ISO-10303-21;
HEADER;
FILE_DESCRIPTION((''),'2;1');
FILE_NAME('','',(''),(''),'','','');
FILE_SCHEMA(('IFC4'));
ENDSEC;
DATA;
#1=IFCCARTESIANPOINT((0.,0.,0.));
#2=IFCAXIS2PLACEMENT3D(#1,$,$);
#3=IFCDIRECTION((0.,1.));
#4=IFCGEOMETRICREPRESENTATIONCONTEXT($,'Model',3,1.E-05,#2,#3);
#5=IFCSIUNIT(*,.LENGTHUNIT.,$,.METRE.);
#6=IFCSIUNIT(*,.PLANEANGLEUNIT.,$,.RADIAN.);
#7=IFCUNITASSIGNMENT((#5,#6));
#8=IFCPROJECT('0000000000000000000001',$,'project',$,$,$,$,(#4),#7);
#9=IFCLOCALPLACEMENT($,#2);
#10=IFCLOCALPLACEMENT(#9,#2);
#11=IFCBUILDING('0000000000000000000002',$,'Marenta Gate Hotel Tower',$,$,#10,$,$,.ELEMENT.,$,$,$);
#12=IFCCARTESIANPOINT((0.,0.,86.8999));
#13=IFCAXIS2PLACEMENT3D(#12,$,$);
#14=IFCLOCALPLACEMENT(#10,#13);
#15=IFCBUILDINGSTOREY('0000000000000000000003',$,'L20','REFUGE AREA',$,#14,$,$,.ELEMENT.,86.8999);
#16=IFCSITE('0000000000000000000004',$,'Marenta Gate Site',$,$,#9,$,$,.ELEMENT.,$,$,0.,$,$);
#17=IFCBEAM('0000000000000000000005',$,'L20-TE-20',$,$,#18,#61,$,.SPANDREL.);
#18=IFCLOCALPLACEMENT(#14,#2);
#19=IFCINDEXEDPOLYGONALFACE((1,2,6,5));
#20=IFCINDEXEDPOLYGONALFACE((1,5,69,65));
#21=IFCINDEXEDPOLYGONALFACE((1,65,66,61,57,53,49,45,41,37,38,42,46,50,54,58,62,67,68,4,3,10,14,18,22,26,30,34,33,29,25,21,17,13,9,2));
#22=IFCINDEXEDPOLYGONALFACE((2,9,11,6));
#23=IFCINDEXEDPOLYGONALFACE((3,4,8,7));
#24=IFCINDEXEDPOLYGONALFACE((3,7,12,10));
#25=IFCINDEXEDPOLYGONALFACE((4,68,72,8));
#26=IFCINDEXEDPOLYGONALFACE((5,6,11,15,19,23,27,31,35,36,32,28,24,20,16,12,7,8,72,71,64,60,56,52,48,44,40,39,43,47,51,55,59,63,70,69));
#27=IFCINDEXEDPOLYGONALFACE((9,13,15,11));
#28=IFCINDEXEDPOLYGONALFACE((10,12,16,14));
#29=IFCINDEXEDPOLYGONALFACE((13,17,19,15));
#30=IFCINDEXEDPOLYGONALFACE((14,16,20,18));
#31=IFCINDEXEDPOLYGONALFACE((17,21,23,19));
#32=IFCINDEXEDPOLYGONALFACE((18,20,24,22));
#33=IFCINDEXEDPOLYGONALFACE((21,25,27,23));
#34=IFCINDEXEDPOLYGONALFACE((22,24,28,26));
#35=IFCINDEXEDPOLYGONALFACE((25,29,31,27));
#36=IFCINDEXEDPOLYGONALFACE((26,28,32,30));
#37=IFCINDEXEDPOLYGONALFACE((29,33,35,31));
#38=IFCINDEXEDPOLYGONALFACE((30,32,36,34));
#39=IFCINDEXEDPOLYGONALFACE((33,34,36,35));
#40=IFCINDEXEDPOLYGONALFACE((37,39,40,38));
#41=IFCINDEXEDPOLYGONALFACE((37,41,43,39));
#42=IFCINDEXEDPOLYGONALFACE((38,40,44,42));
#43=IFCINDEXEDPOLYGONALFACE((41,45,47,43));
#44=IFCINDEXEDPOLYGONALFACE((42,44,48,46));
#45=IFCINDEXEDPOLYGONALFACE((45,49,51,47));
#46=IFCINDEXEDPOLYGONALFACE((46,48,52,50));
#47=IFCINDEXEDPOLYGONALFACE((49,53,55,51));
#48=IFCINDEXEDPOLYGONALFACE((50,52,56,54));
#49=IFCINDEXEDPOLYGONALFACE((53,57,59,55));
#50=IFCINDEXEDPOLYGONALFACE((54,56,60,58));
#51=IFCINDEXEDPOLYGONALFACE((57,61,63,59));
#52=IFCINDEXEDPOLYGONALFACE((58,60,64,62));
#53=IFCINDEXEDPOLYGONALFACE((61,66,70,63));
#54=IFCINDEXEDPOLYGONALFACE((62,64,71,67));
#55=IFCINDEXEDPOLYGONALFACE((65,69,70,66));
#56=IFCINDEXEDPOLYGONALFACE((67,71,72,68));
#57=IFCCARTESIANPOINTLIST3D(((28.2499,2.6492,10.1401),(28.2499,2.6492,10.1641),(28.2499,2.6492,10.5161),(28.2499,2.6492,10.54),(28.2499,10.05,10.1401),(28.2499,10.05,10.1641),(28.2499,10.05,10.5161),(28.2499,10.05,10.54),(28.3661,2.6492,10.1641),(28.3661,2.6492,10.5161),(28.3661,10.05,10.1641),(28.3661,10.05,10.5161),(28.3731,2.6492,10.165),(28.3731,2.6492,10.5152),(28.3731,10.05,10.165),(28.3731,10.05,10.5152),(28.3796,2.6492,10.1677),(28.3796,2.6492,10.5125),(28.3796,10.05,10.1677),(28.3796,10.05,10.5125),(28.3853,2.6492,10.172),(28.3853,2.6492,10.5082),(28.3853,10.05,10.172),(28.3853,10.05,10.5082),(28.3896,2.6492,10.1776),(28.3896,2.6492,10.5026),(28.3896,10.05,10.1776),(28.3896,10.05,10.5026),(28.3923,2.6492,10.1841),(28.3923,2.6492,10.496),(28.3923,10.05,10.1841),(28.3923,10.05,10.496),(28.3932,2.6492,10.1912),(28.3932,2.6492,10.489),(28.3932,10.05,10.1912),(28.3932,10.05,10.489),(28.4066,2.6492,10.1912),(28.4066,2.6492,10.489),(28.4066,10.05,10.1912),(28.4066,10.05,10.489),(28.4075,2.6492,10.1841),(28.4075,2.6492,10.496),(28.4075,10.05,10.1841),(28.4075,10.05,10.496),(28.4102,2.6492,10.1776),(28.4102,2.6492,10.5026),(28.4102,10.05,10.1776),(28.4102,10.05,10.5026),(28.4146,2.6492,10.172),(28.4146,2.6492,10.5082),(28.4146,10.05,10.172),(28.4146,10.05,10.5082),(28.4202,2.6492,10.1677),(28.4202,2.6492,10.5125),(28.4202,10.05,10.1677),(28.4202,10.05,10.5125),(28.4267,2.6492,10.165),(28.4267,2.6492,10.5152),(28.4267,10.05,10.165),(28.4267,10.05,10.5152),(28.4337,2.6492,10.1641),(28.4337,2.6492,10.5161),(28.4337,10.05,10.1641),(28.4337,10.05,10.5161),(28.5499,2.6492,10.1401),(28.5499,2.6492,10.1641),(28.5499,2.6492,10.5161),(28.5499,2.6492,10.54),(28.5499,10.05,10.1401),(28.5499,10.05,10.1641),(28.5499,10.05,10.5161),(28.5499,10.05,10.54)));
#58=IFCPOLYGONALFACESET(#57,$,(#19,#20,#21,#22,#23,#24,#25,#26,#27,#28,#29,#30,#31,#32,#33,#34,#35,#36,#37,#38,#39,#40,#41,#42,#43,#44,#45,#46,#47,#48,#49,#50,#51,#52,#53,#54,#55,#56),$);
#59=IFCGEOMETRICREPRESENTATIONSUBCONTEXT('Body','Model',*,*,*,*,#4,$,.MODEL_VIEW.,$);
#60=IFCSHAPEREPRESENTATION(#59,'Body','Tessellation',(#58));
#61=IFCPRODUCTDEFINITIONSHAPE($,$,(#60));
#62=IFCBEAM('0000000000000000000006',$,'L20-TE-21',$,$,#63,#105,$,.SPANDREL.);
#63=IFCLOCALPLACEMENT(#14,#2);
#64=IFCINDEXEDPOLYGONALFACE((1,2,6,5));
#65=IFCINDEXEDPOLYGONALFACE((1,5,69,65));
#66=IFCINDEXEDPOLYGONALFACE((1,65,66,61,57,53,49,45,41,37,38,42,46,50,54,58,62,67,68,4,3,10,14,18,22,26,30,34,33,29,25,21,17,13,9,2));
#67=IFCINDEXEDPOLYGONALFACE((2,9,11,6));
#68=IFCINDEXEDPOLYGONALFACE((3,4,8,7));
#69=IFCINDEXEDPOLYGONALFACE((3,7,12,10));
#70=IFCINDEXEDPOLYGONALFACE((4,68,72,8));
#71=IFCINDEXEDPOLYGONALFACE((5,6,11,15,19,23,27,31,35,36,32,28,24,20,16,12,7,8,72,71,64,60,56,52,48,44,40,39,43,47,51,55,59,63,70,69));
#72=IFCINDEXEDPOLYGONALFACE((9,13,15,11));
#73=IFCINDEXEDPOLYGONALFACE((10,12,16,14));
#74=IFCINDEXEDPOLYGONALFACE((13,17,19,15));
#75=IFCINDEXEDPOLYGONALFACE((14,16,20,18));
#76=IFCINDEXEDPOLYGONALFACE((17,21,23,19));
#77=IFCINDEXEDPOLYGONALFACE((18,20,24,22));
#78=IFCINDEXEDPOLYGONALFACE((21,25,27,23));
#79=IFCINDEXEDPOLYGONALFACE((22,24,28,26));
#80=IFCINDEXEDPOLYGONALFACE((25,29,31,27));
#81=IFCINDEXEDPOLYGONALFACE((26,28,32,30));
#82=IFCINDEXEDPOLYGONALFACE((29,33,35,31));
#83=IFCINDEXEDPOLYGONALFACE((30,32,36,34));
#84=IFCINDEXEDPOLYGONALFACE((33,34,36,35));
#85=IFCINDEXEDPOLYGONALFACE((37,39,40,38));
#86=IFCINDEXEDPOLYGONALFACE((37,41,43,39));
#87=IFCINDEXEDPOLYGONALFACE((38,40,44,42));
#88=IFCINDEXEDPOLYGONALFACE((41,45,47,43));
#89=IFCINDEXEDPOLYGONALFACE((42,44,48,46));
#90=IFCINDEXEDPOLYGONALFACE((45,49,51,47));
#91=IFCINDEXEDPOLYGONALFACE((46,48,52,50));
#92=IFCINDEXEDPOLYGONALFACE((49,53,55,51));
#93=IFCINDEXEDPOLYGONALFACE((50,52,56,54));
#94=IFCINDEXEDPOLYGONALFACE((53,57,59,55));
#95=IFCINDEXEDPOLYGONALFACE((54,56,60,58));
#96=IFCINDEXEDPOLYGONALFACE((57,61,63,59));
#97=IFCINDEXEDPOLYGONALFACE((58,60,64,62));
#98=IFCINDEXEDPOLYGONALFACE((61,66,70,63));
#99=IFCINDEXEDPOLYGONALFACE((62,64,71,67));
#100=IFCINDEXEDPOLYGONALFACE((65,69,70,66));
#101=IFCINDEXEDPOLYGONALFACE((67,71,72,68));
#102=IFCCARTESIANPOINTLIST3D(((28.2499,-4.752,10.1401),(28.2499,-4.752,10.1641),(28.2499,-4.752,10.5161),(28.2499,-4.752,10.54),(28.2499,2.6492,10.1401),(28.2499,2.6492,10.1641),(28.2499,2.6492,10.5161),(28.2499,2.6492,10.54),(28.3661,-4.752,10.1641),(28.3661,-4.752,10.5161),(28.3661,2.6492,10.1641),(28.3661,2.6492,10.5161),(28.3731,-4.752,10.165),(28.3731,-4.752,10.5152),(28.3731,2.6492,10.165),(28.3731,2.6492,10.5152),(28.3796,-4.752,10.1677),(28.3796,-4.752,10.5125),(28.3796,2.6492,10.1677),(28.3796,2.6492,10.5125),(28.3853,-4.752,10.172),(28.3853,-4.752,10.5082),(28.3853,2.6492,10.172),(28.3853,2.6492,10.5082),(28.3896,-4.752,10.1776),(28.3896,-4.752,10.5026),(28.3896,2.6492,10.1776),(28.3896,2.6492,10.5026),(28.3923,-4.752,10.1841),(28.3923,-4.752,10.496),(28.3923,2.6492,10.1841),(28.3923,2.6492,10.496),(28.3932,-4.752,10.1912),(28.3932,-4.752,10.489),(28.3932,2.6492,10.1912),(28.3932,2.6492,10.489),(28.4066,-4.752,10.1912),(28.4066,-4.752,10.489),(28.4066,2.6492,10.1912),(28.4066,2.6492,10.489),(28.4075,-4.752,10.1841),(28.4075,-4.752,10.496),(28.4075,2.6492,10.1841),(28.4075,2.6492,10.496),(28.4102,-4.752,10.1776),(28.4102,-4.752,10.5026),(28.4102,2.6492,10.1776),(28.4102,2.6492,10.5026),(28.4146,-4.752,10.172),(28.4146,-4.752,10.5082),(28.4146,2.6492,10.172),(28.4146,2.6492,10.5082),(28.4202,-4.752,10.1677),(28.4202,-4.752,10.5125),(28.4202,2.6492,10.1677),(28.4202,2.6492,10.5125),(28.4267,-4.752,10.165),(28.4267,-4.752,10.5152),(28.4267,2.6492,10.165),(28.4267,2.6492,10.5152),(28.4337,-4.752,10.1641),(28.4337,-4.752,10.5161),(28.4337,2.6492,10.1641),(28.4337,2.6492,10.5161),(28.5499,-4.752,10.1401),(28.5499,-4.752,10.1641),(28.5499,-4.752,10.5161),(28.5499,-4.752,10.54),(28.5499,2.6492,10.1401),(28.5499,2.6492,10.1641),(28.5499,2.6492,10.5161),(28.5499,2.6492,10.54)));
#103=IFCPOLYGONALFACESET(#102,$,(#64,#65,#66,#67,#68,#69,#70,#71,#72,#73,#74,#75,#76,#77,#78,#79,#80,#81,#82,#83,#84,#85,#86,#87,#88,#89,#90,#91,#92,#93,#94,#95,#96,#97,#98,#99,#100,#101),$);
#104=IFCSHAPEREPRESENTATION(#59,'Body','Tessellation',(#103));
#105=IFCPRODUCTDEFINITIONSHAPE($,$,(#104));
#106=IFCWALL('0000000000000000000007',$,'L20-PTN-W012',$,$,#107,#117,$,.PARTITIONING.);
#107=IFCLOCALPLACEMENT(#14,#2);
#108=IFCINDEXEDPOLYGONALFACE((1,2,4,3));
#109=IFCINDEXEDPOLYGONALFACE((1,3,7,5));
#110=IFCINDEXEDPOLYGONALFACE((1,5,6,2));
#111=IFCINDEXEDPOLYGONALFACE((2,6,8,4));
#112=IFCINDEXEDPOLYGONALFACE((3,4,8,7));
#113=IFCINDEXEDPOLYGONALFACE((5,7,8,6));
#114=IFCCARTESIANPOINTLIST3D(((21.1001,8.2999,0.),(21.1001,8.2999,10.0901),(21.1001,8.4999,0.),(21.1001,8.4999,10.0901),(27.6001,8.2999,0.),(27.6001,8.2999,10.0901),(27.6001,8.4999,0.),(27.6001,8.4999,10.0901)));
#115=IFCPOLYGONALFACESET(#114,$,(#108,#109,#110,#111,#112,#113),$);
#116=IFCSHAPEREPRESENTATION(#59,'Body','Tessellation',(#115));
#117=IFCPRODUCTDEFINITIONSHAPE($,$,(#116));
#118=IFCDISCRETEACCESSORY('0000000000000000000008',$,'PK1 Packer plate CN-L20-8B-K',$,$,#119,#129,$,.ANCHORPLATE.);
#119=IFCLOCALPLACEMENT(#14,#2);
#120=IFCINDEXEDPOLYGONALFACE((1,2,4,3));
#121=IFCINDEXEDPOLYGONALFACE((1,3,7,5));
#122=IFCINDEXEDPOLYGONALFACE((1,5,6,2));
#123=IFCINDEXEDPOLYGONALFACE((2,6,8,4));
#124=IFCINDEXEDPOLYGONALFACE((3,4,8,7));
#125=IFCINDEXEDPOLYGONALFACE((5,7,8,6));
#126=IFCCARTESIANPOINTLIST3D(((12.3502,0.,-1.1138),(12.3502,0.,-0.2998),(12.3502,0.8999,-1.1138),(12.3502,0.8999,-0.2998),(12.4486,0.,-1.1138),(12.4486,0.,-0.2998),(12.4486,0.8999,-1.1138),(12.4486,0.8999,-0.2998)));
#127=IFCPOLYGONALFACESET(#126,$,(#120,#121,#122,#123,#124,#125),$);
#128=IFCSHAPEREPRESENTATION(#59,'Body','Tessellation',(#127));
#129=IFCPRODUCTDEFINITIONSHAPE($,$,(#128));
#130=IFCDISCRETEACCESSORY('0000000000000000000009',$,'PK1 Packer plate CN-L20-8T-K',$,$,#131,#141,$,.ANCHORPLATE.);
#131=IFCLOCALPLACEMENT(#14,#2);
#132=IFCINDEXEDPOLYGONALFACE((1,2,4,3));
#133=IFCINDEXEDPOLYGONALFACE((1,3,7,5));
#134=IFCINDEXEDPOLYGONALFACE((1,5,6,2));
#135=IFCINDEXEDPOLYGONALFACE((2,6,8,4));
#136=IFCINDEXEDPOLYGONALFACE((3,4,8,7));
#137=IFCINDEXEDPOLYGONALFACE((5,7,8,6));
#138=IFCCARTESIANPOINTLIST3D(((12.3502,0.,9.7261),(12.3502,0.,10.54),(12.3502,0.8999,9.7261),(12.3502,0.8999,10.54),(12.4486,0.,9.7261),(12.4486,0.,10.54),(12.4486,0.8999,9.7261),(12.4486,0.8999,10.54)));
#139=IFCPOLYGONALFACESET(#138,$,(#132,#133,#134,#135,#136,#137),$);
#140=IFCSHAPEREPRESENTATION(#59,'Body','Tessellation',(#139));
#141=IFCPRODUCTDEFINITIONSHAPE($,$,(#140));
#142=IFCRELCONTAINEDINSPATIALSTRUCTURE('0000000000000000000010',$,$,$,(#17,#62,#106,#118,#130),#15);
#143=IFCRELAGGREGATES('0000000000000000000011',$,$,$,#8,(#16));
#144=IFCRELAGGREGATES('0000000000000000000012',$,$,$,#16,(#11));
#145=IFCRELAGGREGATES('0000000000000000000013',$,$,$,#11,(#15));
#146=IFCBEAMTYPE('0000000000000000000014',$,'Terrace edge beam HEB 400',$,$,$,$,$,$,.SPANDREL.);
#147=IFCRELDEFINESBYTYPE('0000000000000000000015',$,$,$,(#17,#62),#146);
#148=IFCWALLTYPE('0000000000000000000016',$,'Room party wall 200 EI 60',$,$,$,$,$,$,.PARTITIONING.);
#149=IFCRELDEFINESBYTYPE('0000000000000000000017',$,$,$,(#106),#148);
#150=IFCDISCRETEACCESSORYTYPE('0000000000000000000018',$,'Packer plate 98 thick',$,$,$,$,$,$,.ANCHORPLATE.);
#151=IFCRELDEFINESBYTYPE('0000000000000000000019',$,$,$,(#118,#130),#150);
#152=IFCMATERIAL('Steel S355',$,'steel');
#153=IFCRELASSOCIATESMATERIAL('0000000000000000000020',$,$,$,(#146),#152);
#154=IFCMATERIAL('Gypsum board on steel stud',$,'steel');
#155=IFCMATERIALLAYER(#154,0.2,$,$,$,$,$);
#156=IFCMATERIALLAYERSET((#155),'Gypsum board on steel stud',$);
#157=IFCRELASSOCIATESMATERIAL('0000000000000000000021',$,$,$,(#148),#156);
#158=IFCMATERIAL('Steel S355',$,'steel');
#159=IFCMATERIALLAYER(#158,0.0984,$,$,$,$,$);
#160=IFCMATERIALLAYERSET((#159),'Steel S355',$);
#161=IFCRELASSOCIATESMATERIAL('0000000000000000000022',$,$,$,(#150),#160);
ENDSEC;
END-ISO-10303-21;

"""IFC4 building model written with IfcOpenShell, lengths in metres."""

from ifc_helpers import new_model, si_unit, direction, frame, frame_2d, origin, origin_2d, place, context, subcontext, project, spatial, rectangle, i_section, extrude, material, layer, layer_set, material_profile, profile_set, type_object, element, save


model = new_model("IFC4")

# Units and contexts
model_context = context("Model", 3, precision=1e-05, world=origin(), true_north=direction((0.0, 1.0)))
body_context = subcontext(model_context, "Body", "Model", "MODEL_VIEW")
ifc_project = project(units=[si_unit("LENGTHUNIT", "METRE"), si_unit("PLANEANGLEUNIT", "RADIAN")], contexts=[model_context])

# Site, building, storey
site_placement = place(None, origin())
site = spatial("IfcSite", under=ifc_project, at=site_placement, Name="Marenta Gate Site", CompositionType="ELEMENT", RefElevation=0.0)
building_placement = place(site_placement, origin())
building = spatial("IfcBuilding", under=site, at=building_placement, Name="Marenta Gate Hotel Tower", CompositionType="ELEMENT")
storey_placement = place(building_placement, frame((0.0, 0.0, 86.8999)))
storey = spatial("IfcBuildingStorey", under=building, at=storey_placement, Name="L20", Description="REFUGE AREA", CompositionType="ELEMENT", Elevation=86.8999)

# Beams
ifc_material_1 = material(Name="Steel S355", Category="steel")
ifc_material_profile_1 = material_profile(ifc_material_1, i_section(OverallWidth=0.3, OverallDepth=0.3999, WebThickness=0.0134, FlangeThickness=0.0239, FilletRadius=0.0271, at=origin_2d()), Name="HEB 400")
ifc_profile_set_1 = profile_set([ifc_material_profile_1], Name="Steel S355")
beam_type_1 = type_object("IfcBeamType", Name="Terrace edge beam HEB 400", PredefinedType="SPANDREL", material=ifc_profile_set_1)
beam_1_placement = place(storey_placement, frame((28.3999, 10.05, 10.3401), z_axis=(0.0, -1.0, 0.0), x_axis=(1.0, 0.0, 0.0)))
element("IfcBeam", 1, at=beam_1_placement, inside=storey, type_object=beam_type_1, Name="L20-TE-20", PredefinedType="SPANDREL", context=body_context, shape_type="SweptSolid", body=[
    extrude(i_section(OverallWidth=0.3, OverallDepth=0.3999, WebThickness=0.0134, FlangeThickness=0.0239, FilletRadius=0.0271, at=origin_2d()), origin(), (0.0, 0.0, 1.0), 7.4009),
])
beam_2_placement = place(storey_placement, frame((28.3999, 2.6492, 10.3401), z_axis=(0.0, -1.0, 0.0), x_axis=(1.0, 0.0, 0.0)))
element("IfcBeam", 2, at=beam_2_placement, inside=storey, type_object=beam_type_1, Name="L20-TE-21", PredefinedType="SPANDREL", context=body_context, shape_type="SweptSolid", body=[
    extrude(i_section(OverallWidth=0.3, OverallDepth=0.3999, WebThickness=0.0134, FlangeThickness=0.0239, FilletRadius=0.0271, at=origin_2d()), origin(), (0.0, 0.0, 1.0), 7.4011),
])

# Wall
ifc_material_2 = material(Name="Gypsum board on steel stud", Category="steel")
ifc_layer_1 = layer(ifc_material_2, 0.2)
ifc_layer_set_1 = layer_set([ifc_layer_1], Name="Gypsum board on steel stud")
wall_type = type_object("IfcWallType", Name="Room party wall 200 EI 60", PredefinedType="PARTITIONING", material=ifc_layer_set_1)
wall_placement = place(storey_placement, frame((21.1001, 8.3999, 0.0), z_axis=(0.0, 0.0, 1.0), x_axis=(1.0, 0.0, 0.0)))
element("IfcWall", 3, at=wall_placement, inside=storey, type_object=wall_type, Name="L20-PTN-W012", PredefinedType="PARTITIONING", context=body_context, shape_type="SweptSolid", body=[
    extrude(rectangle(XDim=6.5, YDim=0.2, at=frame_2d((3.25, 0.0))), origin(), (0.0, 0.0, 1.0), 10.0901),
])

# Discrete accessories
ifc_material_3 = material(Name="Steel S355", Category="steel")
ifc_layer_2 = layer(ifc_material_3, 0.0984)
ifc_layer_set_2 = layer_set([ifc_layer_2], Name="Steel S355")
discrete_accessory_type = type_object("IfcDiscreteAccessoryType", Name="Packer plate 98 thick", PredefinedType="ANCHORPLATE", material=ifc_layer_set_2)
for number, where, z_axis, x_axis, name in (
    (4, (12.3994, 0.45, -1.1138), (0.0, 0.0, 1.0), (1.0, 0.0, 0.0), "PK1 Packer plate CN-L20-8B-K"),
    (5, (12.3994, 0.45, 9.7261), (0.0, 0.0, 1.0), (1.0, 0.0, 0.0), "PK1 Packer plate CN-L20-8T-K"),
):
    element("IfcDiscreteAccessory", number, at=place(storey_placement, frame(where, z_axis=z_axis, x_axis=x_axis)), inside=storey, type_object=discrete_accessory_type, Name=name, PredefinedType="ANCHORPLATE", context=body_context, shape_type="SweptSolid", body=[
        extrude(rectangle(XDim=0.0984, YDim=0.8999, at=origin_2d()), origin(), (0.0, 0.0, 1.0), 0.814),
    ])

save(model, "model.ifc")
